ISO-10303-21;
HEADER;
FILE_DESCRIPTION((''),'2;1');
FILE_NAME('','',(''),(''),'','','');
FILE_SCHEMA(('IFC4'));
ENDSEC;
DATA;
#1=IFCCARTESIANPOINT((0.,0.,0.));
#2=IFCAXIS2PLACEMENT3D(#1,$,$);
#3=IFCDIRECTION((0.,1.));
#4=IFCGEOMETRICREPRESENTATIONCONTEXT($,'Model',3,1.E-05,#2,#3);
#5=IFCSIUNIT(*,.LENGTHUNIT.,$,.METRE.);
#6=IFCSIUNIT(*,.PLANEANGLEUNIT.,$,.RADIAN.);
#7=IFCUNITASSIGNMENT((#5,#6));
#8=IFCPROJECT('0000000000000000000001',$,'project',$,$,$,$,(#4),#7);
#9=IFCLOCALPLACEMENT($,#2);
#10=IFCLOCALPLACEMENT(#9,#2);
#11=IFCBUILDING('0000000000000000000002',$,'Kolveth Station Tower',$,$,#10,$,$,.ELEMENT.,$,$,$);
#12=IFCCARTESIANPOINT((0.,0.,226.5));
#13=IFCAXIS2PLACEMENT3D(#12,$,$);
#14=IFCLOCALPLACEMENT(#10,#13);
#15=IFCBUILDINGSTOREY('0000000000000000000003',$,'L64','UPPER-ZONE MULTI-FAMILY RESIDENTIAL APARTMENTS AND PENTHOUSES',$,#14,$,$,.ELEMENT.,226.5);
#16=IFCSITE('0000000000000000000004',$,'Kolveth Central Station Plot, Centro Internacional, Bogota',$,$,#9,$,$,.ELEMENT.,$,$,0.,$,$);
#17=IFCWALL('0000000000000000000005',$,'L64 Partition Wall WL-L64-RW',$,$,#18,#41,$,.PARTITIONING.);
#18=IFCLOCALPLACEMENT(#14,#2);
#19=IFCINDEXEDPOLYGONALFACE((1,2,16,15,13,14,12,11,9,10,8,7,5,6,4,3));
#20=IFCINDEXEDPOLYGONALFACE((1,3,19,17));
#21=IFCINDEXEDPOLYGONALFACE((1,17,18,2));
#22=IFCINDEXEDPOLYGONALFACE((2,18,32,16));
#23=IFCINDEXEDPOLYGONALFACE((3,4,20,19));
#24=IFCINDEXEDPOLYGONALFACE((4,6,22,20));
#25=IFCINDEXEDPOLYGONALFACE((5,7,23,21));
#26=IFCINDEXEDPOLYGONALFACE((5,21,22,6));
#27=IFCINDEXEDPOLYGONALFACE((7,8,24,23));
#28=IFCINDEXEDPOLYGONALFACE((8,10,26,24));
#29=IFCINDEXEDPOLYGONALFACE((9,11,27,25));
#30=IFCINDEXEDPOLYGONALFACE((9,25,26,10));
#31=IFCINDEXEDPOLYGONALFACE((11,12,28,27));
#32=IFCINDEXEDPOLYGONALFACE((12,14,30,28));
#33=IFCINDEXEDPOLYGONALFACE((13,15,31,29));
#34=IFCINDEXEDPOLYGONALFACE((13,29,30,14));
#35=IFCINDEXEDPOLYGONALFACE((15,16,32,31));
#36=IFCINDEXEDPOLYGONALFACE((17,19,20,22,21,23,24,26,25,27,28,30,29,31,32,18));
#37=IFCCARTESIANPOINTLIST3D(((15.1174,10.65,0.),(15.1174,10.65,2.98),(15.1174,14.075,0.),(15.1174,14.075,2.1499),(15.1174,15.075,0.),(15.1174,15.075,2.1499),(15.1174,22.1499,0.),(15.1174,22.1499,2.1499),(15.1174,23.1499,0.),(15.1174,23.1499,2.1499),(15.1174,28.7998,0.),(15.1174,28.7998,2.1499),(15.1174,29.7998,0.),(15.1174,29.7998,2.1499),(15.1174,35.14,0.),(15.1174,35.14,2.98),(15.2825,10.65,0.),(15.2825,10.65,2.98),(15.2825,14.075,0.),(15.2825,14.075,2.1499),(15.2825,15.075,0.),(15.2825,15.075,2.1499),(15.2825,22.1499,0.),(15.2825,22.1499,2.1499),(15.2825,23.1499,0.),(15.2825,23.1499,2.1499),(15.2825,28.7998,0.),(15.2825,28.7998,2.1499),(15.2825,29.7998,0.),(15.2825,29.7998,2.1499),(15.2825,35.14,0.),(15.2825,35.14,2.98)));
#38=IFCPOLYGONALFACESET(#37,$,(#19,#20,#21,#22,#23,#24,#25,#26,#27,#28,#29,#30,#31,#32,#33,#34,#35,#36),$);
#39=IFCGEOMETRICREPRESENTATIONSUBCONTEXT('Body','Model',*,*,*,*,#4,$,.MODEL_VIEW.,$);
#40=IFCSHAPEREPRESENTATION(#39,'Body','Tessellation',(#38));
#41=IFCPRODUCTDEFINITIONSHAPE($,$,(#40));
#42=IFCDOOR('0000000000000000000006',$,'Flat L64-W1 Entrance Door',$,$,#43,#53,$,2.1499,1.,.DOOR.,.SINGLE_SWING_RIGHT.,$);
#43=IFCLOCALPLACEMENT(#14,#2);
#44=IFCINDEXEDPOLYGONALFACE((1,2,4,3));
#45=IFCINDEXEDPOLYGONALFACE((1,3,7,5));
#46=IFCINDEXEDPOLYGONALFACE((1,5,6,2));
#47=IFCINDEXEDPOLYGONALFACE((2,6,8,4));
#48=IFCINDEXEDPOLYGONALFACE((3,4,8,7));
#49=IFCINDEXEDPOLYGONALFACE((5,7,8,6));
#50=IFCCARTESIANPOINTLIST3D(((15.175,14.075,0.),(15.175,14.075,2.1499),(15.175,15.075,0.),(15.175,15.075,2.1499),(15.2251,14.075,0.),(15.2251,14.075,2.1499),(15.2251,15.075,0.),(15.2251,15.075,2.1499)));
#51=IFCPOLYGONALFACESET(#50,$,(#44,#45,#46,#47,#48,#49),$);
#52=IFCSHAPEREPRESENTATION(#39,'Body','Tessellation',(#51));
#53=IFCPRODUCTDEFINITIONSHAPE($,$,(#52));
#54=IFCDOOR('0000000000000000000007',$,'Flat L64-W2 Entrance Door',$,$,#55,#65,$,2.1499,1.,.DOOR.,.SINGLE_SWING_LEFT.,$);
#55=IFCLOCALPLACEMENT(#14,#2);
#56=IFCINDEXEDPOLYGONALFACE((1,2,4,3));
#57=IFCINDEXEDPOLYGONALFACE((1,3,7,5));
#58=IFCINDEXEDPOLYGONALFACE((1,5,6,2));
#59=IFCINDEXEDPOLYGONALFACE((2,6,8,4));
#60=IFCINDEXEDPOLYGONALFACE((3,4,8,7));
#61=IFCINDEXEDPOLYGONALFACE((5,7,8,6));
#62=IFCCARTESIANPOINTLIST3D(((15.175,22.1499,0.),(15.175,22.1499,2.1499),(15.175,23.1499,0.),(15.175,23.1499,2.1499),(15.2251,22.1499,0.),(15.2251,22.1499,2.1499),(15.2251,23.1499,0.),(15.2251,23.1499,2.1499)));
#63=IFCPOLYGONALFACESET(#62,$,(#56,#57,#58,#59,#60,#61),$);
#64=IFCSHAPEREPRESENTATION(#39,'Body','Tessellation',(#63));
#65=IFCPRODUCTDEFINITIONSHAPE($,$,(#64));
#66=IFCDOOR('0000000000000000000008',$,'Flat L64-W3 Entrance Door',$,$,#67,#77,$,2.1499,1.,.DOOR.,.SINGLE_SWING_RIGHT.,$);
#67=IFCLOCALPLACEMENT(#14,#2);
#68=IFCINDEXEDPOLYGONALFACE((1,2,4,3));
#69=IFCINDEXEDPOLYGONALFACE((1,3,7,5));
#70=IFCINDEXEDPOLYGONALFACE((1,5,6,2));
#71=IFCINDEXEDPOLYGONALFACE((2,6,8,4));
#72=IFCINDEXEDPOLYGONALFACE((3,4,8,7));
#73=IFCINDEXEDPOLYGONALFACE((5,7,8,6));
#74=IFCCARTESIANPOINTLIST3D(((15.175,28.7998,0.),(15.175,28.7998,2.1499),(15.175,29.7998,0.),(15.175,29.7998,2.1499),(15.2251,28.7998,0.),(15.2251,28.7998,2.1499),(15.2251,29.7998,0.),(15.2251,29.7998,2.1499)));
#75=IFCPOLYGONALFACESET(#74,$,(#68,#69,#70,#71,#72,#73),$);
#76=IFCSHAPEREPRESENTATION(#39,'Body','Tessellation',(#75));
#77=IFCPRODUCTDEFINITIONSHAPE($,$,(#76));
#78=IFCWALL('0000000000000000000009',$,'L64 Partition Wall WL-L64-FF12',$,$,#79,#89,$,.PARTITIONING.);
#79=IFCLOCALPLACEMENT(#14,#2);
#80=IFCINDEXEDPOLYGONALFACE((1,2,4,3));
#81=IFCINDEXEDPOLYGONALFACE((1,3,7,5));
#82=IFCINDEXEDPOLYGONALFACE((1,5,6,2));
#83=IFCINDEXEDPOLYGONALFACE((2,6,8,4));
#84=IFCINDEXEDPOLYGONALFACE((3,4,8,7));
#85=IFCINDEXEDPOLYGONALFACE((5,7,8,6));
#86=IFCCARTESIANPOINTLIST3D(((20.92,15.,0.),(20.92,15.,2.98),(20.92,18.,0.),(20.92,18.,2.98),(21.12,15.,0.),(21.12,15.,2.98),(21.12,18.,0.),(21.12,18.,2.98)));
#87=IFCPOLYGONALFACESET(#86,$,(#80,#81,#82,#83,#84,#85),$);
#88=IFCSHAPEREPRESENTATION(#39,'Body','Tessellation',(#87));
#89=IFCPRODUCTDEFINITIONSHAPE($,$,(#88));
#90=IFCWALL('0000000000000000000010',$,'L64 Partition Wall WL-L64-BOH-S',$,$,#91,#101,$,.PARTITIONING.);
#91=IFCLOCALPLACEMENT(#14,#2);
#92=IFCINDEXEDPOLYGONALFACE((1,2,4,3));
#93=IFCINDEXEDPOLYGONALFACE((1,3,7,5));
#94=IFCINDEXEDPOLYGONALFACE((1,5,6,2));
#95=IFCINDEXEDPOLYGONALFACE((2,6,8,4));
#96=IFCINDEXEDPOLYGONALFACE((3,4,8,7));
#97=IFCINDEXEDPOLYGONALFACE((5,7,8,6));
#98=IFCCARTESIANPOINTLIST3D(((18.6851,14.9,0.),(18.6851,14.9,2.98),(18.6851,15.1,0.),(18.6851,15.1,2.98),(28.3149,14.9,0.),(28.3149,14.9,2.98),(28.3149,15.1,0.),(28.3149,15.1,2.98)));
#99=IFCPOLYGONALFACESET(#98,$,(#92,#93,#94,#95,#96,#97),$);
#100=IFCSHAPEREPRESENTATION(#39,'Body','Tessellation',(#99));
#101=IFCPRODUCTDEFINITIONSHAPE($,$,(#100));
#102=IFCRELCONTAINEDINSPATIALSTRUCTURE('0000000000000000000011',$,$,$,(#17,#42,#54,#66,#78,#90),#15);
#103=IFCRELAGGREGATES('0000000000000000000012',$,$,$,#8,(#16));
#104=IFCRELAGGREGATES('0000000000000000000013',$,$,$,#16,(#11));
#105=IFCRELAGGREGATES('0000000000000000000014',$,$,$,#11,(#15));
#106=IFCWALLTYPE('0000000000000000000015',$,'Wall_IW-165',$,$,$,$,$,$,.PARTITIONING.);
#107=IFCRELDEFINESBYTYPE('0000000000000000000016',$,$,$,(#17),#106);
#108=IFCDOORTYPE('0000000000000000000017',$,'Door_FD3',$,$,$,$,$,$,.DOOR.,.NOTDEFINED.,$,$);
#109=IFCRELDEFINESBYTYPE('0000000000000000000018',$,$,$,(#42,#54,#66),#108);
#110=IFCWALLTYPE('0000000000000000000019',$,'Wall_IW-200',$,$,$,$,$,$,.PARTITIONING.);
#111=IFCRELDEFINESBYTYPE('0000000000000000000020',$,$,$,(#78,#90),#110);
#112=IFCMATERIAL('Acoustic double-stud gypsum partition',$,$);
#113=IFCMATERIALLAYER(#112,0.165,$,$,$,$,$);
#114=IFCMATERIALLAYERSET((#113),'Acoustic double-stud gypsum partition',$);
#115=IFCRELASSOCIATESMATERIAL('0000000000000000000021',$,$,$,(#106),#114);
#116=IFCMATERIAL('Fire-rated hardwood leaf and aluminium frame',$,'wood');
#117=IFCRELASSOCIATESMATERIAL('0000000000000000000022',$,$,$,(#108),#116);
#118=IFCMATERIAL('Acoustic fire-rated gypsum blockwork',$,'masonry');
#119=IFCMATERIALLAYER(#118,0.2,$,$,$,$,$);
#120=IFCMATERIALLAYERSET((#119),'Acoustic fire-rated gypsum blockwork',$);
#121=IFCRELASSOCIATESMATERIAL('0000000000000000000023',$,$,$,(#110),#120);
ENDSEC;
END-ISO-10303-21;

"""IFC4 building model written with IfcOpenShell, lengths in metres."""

from ifc_helpers import new_model, si_unit, direction, frame, frame_2d, origin, place, context, subcontext, project, spatial, rectangle, extrude, material, layer, layer_set, type_object, element, fill, save


model = new_model("IFC4")

# Units and contexts
model_context = context("Model", 3, precision=1e-05, world=origin(), true_north=direction((0.0, 1.0)))
body_context = subcontext(model_context, "Body", "Model", "MODEL_VIEW")
ifc_project = project(units=[si_unit("LENGTHUNIT", "METRE"), si_unit("PLANEANGLEUNIT", "RADIAN")], contexts=[model_context])

# Site, building, storey
site_placement = place(None, origin())
site = spatial("IfcSite", under=ifc_project, at=site_placement, Name="Kolveth Central Station Plot, Centro Internacional, Bogota", CompositionType="ELEMENT", RefElevation=0.0)
building_placement = place(site_placement, origin())
building = spatial("IfcBuilding", under=site, at=building_placement, Name="Kolveth Station Tower", CompositionType="ELEMENT")
storey_placement = place(building_placement, frame((0.0, 0.0, 226.5)))
storey = spatial("IfcBuildingStorey", under=building, at=storey_placement, Name="L64", Description="UPPER-ZONE MULTI-FAMILY RESIDENTIAL APARTMENTS AND PENTHOUSES", CompositionType="ELEMENT", Elevation=226.5)

# Wall, openings, doors
ifc_material_1 = material(Name="Acoustic double-stud gypsum partition")
ifc_layer_1 = layer(ifc_material_1, 0.165)
ifc_layer_set_1 = layer_set([ifc_layer_1], Name="Acoustic double-stud gypsum partition")
wall_type_1 = type_object("IfcWallType", Name="Wall_IW-165", PredefinedType="PARTITIONING", material=ifc_layer_set_1)
wall_1_placement = place(storey_placement, frame((15.2, 10.6499, 0.0), z_axis=(0.0, 0.0, 1.0), x_axis=(0.0, 1.0, 0.0)))
wall_1 = element("IfcWall", 1, at=wall_1_placement, inside=storey, type_object=wall_type_1, Name="L64 Partition Wall WL-L64-RW", PredefinedType="PARTITIONING", context=body_context, shape_type="SweptSolid", body=[
    extrude(rectangle(XDim=24.49, YDim=0.165, at=frame_2d((12.2451, 0.0))), origin(), (0.0, 0.0, 1.0), 2.98),
])
opening_1_placement = place(wall_1_placement, frame((3.425, 0.0, 0.0)))
opening_1 = element("IfcOpeningElement", 2, at=opening_1_placement, cuts=wall_1, PredefinedType="OPENING", context=body_context, shape_type="SweptSolid", body=[
    extrude(rectangle(XDim=1.0, YDim=2.1499, at=frame_2d((0.5, 1.075))), frame((0.0, 0.0925, 0.0), z_axis=(0.0, -1.0, 0.0), x_axis=(1.0, 0.0, 0.0)), (0.0, 0.0, 1.0), 0.1851),
])
opening_2_placement = place(wall_1_placement, frame((11.5, 0.0, 0.0)))
opening_2 = element("IfcOpeningElement", 3, at=opening_2_placement, cuts=wall_1, PredefinedType="OPENING", context=body_context, shape_type="SweptSolid", body=[
    extrude(rectangle(XDim=1.0, YDim=2.1499, at=frame_2d((0.5, 1.075))), frame((0.0, 0.0925, 0.0), z_axis=(0.0, -1.0, 0.0), x_axis=(1.0, 0.0, 0.0)), (0.0, 0.0, 1.0), 0.1851),
])
opening_3_placement = place(wall_1_placement, frame((18.1499, 0.0, 0.0)))
opening_3 = element("IfcOpeningElement", 4, at=opening_3_placement, cuts=wall_1, PredefinedType="OPENING", context=body_context, shape_type="SweptSolid", body=[
    extrude(rectangle(XDim=1.0, YDim=2.1499, at=frame_2d((0.5, 1.075))), frame((0.0, 0.0925, 0.0), z_axis=(0.0, -1.0, 0.0), x_axis=(1.0, 0.0, 0.0)), (0.0, 0.0, 1.0), 0.1851),
])
ifc_material_2 = material(Name="Fire-rated hardwood leaf and aluminium frame", Category="wood")
door_type_1 = type_object("IfcDoorType", Name="Door_FD3", OperationType="NOTDEFINED", PredefinedType="DOOR", material=ifc_material_2)
door_1_placement = place(opening_1_placement, origin())
door_1 = element("IfcDoor", 5, at=door_1_placement, inside=storey, type_object=door_type_1, Name="Flat L64-W1 Entrance Door", OperationType="SINGLE_SWING_RIGHT", OverallHeight=2.1499, OverallWidth=1.0, PredefinedType="DOOR", context=body_context, shape_type="SweptSolid", body=[
    extrude(rectangle(XDim=1.0, YDim=2.1499, at=frame_2d((0.5, 1.075))), frame((0.0, 0.0249, 0.0), z_axis=(0.0, -1.0, 0.0), x_axis=(1.0, 0.0, 0.0)), (0.0, 0.0, 1.0), 0.05),
])
fill(opening_1, door_1)
door_2_placement = place(opening_2_placement, origin())
door_2 = element("IfcDoor", 6, at=door_2_placement, inside=storey, type_object=door_type_1, Name="Flat L64-W2 Entrance Door", OperationType="SINGLE_SWING_LEFT", OverallHeight=2.1499, OverallWidth=1.0, PredefinedType="DOOR", context=body_context, shape_type="SweptSolid", body=[
    extrude(rectangle(XDim=1.0, YDim=2.1499, at=frame_2d((0.5, 1.075))), frame((0.0, 0.0249, 0.0), z_axis=(0.0, -1.0, 0.0), x_axis=(1.0, 0.0, 0.0)), (0.0, 0.0, 1.0), 0.05),
])
fill(opening_2, door_2)
door_3_placement = place(opening_3_placement, origin())
door_3 = element("IfcDoor", 7, at=door_3_placement, inside=storey, type_object=door_type_1, Name="Flat L64-W3 Entrance Door", OperationType="SINGLE_SWING_RIGHT", OverallHeight=2.1499, OverallWidth=1.0, PredefinedType="DOOR", context=body_context, shape_type="SweptSolid", body=[
    extrude(rectangle(XDim=1.0, YDim=2.1499, at=frame_2d((0.5, 1.075))), frame((0.0, 0.0249, 0.0), z_axis=(0.0, -1.0, 0.0), x_axis=(1.0, 0.0, 0.0)), (0.0, 0.0, 1.0), 0.05),
])
fill(opening_3, door_3)

# Walls
ifc_material_3 = material(Name="Acoustic fire-rated gypsum blockwork", Category="masonry")
ifc_layer_2 = layer(ifc_material_3, 0.2)
ifc_layer_set_2 = layer_set([ifc_layer_2], Name="Acoustic fire-rated gypsum blockwork")
wall_type_2 = type_object("IfcWallType", Name="Wall_IW-200", PredefinedType="PARTITIONING", material=ifc_layer_set_2)
wall_2_placement = place(storey_placement, frame((21.02, 15.0, 0.0), z_axis=(0.0, 0.0, 1.0), x_axis=(0.0, 1.0, 0.0)))
element("IfcWall", 8, at=wall_2_placement, inside=storey, type_object=wall_type_2, Name="L64 Partition Wall WL-L64-FF12", PredefinedType="PARTITIONING", context=body_context, shape_type="SweptSolid", body=[
    extrude(rectangle(XDim=3.0, YDim=0.2, at=frame_2d((1.5, 0.0))), origin(), (0.0, 0.0, 1.0), 2.98),
])
wall_3_placement = place(storey_placement, frame((18.6851, 15.0, 0.0), z_axis=(0.0, 0.0, 1.0), x_axis=(1.0, 0.0, 0.0)))
element("IfcWall", 9, at=wall_3_placement, inside=storey, type_object=wall_type_2, Name="L64 Partition Wall WL-L64-BOH-S", PredefinedType="PARTITIONING", context=body_context, shape_type="SweptSolid", body=[
    extrude(rectangle(XDim=9.6299, YDim=0.2, at=frame_2d((4.8149, 0.0))), origin(), (0.0, 0.0, 1.0), 2.98),
])

save(model, "model.ifc")
